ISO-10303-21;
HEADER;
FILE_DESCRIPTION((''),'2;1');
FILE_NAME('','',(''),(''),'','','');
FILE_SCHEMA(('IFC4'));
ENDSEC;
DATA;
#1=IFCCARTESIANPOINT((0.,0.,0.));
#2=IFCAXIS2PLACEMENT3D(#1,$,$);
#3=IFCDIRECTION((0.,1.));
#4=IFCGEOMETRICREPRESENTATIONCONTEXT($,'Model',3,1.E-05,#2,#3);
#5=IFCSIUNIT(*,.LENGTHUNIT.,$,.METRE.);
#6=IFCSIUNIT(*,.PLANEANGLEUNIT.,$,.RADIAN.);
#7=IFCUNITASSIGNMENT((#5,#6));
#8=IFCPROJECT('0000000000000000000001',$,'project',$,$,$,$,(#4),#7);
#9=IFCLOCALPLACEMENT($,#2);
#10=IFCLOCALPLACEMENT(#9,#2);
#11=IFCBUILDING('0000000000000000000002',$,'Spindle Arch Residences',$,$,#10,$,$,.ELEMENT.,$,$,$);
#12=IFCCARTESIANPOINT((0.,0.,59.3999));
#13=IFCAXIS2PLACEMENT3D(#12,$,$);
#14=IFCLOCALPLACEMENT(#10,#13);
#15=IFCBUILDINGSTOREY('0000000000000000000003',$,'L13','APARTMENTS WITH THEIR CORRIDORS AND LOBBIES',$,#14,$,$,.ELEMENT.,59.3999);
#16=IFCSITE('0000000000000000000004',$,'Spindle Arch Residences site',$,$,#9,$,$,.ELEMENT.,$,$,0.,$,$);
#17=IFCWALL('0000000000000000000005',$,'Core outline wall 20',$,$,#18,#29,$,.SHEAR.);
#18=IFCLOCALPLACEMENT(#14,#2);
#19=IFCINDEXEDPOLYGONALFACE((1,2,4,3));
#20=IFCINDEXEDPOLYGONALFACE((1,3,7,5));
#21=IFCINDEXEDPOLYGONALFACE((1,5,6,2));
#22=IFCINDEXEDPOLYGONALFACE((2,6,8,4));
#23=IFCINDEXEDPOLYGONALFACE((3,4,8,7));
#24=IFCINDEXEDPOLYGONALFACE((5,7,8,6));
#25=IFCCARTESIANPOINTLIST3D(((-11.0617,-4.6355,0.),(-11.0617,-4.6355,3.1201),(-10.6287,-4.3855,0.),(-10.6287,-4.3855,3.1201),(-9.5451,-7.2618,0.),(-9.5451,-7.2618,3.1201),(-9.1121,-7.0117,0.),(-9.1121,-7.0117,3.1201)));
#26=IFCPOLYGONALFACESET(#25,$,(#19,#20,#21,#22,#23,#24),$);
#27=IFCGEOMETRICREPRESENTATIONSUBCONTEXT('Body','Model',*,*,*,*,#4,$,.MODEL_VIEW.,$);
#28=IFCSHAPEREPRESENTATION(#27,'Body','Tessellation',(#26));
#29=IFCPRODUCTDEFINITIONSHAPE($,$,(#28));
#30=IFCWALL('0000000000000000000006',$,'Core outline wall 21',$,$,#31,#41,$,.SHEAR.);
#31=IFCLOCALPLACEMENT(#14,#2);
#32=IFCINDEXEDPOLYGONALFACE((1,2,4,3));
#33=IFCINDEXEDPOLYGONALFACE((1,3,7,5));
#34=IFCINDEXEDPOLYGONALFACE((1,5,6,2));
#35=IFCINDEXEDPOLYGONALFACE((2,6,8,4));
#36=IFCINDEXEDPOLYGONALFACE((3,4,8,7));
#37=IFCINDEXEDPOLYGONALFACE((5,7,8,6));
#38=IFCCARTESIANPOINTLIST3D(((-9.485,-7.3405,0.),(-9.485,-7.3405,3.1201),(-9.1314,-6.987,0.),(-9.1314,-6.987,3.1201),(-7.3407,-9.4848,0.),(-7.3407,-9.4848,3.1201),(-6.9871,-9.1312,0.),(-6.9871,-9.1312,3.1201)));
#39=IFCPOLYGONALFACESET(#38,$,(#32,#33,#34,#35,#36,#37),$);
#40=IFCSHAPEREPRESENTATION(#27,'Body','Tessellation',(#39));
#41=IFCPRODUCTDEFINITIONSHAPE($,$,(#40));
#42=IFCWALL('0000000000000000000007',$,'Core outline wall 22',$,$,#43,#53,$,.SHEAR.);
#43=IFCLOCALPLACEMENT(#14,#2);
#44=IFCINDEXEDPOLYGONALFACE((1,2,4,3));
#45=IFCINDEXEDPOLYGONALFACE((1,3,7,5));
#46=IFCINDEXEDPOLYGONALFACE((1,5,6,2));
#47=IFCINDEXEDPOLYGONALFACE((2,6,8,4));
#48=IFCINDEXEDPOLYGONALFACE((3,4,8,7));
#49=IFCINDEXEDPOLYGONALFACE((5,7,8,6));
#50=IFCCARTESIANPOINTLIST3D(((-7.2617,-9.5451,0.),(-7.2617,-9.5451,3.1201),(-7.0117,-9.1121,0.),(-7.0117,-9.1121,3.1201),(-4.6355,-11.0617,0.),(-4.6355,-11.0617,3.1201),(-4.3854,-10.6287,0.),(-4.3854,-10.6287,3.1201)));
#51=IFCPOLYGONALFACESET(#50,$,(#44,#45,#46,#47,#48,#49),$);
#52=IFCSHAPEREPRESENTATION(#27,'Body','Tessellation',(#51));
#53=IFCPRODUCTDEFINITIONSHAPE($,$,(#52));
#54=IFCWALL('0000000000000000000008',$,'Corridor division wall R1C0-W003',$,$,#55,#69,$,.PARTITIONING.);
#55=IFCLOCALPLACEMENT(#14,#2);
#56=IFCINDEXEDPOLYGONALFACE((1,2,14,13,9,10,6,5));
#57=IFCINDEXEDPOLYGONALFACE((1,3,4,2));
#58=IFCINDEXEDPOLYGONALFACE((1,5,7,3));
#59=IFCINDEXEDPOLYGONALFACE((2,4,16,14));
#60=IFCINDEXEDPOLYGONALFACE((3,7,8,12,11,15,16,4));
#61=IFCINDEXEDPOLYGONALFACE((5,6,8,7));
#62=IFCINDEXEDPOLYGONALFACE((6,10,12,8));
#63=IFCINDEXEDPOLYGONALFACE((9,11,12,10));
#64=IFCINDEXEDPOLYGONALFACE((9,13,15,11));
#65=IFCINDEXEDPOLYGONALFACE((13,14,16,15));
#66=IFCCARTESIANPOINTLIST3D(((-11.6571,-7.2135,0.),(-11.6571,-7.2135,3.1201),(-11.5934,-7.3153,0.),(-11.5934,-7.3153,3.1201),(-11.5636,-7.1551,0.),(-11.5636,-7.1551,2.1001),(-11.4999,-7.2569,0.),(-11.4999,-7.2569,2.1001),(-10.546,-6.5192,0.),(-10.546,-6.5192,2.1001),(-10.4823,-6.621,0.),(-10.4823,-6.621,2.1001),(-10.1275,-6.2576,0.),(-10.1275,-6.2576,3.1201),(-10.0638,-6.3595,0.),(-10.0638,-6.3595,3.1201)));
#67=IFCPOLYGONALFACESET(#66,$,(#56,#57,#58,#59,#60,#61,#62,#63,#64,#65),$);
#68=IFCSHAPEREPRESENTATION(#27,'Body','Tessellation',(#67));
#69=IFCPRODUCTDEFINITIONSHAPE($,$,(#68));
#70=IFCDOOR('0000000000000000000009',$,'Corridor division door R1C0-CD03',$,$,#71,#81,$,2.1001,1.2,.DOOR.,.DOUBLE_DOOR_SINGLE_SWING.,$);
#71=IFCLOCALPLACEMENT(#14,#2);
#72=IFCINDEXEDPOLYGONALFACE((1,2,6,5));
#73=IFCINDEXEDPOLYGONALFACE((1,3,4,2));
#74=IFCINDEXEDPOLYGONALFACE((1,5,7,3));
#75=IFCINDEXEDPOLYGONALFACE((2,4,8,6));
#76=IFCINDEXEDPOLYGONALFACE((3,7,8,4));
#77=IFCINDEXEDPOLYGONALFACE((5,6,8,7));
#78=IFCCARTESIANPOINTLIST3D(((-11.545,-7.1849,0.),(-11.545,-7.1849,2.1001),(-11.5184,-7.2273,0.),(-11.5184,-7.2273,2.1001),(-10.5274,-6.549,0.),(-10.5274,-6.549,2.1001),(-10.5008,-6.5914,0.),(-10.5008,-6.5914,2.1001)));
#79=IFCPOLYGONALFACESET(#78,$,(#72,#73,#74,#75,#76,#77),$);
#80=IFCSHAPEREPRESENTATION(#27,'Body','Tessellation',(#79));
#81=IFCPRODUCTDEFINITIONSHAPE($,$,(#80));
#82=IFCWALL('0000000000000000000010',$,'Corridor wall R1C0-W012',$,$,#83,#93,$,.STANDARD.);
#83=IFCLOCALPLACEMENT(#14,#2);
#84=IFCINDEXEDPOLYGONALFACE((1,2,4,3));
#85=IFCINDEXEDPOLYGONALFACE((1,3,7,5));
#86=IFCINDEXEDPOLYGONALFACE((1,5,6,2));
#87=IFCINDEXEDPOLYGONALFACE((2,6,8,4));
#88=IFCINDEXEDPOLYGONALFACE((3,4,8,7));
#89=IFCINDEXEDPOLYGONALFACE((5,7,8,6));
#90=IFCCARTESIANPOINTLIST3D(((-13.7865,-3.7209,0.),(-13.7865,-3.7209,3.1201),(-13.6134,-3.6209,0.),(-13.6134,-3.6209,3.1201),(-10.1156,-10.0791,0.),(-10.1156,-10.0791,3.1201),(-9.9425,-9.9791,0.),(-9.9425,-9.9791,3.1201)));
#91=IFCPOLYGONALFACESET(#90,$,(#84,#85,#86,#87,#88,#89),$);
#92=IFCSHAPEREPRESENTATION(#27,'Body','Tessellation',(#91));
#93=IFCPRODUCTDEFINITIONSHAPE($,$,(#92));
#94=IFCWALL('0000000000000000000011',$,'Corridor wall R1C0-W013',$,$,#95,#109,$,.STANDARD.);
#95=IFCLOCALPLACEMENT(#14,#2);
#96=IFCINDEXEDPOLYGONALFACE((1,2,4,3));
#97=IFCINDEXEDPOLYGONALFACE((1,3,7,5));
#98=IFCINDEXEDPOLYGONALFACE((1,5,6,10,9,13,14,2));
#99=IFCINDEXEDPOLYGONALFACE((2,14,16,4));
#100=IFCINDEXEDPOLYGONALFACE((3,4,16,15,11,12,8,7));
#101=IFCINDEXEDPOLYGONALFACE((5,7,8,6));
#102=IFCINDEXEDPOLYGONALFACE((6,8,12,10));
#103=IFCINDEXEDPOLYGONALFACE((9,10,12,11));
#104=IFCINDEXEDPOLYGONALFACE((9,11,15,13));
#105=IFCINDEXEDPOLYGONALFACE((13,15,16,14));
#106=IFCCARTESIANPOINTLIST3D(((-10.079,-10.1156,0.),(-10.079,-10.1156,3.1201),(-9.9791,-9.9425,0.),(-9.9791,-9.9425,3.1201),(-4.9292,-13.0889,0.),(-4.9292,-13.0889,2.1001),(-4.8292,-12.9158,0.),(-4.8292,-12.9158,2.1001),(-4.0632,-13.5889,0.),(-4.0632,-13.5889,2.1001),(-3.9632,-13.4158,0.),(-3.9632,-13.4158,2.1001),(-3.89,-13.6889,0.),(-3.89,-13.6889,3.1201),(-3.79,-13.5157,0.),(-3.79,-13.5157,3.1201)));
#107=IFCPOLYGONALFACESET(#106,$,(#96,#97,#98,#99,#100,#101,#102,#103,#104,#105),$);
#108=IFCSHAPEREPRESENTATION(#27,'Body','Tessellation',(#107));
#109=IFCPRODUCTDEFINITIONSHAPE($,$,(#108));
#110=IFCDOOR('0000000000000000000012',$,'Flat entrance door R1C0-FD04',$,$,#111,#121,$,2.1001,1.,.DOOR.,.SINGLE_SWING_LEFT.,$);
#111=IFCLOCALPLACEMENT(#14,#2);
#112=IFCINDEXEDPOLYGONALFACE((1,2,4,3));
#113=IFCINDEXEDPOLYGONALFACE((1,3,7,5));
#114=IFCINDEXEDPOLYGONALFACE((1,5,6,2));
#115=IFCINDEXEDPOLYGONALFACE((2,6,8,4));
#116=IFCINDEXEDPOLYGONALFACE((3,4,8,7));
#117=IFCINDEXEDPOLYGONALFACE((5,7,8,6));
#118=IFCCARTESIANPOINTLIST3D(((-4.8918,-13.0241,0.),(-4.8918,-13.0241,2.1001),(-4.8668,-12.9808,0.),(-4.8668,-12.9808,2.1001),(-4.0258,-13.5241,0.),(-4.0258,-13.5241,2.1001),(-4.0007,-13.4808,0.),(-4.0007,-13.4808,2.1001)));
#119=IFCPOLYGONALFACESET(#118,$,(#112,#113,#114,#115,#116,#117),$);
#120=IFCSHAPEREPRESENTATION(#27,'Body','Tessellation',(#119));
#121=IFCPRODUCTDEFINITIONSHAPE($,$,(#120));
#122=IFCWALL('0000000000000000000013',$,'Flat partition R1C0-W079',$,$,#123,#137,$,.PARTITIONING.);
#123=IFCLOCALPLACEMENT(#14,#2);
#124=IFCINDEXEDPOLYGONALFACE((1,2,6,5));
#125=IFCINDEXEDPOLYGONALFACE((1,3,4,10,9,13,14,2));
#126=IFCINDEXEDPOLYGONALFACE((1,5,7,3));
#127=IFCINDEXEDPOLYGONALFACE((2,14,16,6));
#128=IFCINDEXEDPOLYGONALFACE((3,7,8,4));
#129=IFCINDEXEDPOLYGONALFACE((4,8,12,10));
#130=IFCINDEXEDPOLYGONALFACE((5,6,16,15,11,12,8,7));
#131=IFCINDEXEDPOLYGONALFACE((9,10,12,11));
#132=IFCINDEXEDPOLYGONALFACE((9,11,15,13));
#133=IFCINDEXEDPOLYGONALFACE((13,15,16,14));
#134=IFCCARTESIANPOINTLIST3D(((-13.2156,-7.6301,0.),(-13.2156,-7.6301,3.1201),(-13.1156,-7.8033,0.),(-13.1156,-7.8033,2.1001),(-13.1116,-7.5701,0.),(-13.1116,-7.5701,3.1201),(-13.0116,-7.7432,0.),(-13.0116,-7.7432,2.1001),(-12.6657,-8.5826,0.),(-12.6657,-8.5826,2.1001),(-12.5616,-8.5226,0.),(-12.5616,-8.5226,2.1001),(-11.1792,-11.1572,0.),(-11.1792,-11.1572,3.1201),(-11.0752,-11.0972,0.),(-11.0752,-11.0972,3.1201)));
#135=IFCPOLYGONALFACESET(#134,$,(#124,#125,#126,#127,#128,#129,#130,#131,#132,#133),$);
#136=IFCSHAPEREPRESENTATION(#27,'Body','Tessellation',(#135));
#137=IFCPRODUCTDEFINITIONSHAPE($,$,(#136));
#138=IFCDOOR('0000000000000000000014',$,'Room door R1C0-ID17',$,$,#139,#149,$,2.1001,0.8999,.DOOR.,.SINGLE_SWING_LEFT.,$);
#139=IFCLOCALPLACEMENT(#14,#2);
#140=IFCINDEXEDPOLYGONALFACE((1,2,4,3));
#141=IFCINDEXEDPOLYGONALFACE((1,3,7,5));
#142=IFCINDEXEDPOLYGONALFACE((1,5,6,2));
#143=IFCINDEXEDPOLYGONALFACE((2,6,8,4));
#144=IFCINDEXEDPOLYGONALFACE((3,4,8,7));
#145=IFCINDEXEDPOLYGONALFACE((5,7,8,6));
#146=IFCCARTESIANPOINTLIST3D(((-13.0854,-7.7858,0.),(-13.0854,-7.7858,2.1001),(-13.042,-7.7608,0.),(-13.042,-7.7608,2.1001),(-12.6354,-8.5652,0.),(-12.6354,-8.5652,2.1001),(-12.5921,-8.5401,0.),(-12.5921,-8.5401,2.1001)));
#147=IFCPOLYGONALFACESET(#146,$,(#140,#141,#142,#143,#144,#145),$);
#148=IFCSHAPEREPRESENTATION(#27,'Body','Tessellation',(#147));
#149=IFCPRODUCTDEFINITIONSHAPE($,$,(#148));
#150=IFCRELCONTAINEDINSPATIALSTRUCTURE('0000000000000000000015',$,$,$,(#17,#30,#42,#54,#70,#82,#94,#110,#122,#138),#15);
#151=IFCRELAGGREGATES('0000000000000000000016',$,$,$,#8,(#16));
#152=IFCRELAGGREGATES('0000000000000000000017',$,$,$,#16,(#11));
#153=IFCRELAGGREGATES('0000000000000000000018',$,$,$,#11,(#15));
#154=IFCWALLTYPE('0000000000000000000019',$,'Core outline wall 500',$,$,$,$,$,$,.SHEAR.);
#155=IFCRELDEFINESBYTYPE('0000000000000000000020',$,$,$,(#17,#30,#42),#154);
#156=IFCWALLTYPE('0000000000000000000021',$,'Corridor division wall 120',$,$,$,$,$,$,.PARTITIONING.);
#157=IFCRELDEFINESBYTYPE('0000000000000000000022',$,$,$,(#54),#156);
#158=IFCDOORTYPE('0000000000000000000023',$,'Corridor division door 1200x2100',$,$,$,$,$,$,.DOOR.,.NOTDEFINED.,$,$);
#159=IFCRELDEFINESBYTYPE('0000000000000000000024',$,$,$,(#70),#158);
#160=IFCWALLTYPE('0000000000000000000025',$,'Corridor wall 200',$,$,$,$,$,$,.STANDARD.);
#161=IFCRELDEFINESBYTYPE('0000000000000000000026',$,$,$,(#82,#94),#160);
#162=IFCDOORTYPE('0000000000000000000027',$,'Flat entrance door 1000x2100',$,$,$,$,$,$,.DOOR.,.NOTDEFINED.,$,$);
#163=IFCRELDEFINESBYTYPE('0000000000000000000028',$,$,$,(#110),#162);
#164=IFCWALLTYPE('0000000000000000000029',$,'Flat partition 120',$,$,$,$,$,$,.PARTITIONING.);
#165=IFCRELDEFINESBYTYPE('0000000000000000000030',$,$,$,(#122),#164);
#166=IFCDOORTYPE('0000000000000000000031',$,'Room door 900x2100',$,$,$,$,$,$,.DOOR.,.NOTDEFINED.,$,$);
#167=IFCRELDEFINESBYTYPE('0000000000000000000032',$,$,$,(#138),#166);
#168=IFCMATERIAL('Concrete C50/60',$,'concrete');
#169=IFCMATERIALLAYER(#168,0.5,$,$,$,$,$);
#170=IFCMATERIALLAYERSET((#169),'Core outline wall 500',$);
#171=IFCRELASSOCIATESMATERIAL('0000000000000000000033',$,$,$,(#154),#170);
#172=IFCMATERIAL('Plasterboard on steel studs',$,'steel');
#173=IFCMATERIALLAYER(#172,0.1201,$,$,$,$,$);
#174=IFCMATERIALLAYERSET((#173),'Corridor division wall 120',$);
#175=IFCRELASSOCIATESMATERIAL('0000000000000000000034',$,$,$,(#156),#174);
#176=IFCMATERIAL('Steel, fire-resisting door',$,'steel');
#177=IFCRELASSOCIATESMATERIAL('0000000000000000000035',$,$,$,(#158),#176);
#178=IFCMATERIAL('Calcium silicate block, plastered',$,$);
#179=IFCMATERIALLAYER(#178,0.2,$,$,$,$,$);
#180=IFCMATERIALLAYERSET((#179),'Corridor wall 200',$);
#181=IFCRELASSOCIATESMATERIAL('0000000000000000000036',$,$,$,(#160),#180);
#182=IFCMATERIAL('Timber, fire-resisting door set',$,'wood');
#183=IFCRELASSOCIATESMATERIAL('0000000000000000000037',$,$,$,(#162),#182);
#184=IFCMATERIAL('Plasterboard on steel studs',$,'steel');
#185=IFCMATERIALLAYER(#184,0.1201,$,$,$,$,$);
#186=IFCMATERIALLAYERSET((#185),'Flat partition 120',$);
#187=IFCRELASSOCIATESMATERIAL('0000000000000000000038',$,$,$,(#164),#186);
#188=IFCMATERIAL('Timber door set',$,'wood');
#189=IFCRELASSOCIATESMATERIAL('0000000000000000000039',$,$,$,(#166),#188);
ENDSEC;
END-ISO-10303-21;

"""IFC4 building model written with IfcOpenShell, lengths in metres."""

from ifc_helpers import new_model, si_unit, direction, frame, frame_2d, origin, place, context, subcontext, project, spatial, rectangle, extrude, material, layer, layer_set, type_object, element, fill, save


model = new_model("IFC4")

# Units and contexts
model_context = context("Model", 3, precision=1e-05, world=origin(), true_north=direction((0.0, 1.0)))
body_context = subcontext(model_context, "Body", "Model", "MODEL_VIEW")
ifc_project = project(units=[si_unit("LENGTHUNIT", "METRE"), si_unit("PLANEANGLEUNIT", "RADIAN")], contexts=[model_context])

# Site, building, storey
site_placement = place(None, origin())
site = spatial("IfcSite", under=ifc_project, at=site_placement, Name="Spindle Arch Residences site", CompositionType="ELEMENT", RefElevation=0.0)
building_placement = place(site_placement, origin())
building = spatial("IfcBuilding", under=site, at=building_placement, Name="Spindle Arch Residences", CompositionType="ELEMENT")
storey_placement = place(building_placement, frame((0.0, 0.0, 59.3999)))
storey = spatial("IfcBuildingStorey", under=building, at=storey_placement, Name="L13", Description="APARTMENTS WITH THEIR CORRIDORS AND LOBBIES", CompositionType="ELEMENT", Elevation=59.3999)

# Walls
ifc_material_1 = material(Name="Concrete C50/60", Category="concrete")
ifc_layer_1 = layer(ifc_material_1, 0.5)
ifc_layer_set_1 = layer_set([ifc_layer_1], Name="Core outline wall 500")
wall_type_1 = type_object("IfcWallType", Name="Core outline wall 500", PredefinedType="SHEAR", material=ifc_layer_set_1)
wall_1_placement = place(storey_placement, frame((-10.8452, -4.5105, 0.0), z_axis=(0.0, 0.0, 1.0), x_axis=(0.500087, -0.865975, 0.0)))
element("IfcWall", 1, at=wall_1_placement, inside=storey, type_object=wall_type_1, Name="Core outline wall 20", PredefinedType="SHEAR", context=body_context, shape_type="SweptSolid", body=[
    extrude(rectangle(XDim=3.0327, YDim=0.5, at=frame_2d((1.5164, 0.0))), origin(), (0.0, 0.0, 1.0), 3.1201),
])
wall_2_placement = place(storey_placement, frame((-9.3081, -7.1638, 0.0), z_axis=(0.0, 0.0, 1.0), x_axis=(0.707107, -0.707107, 0.0)))
element("IfcWall", 2, at=wall_2_placement, inside=storey, type_object=wall_type_1, Name="Core outline wall 21", PredefinedType="SHEAR", context=body_context, shape_type="SweptSolid", body=[
    extrude(rectangle(XDim=3.0325, YDim=0.5, at=frame_2d((1.5161, 0.0))), origin(), (0.0, 0.0, 1.0), 3.1201),
])
wall_3_placement = place(storey_placement, frame((-7.1367, -9.3286, 0.0), z_axis=(0.0, 0.0, 1.0), x_axis=(0.865975, -0.500087, 0.0)))
element("IfcWall", 3, at=wall_3_placement, inside=storey, type_object=wall_type_1, Name="Core outline wall 22", PredefinedType="SHEAR", context=body_context, shape_type="SweptSolid", body=[
    extrude(rectangle(XDim=3.0327, YDim=0.5, at=frame_2d((1.5164, 0.0))), origin(), (0.0, 0.0, 1.0), 3.1201),
])

# Wall, opening, door
ifc_material_2 = material(Name="Plasterboard on steel studs", Category="steel")
ifc_layer_2 = layer(ifc_material_2, 0.1201)
ifc_layer_set_2 = layer_set([ifc_layer_2], Name="Corridor division wall 120")
wall_type_2 = type_object("IfcWallType", Name="Corridor division wall 120", PredefinedType="PARTITIONING", material=ifc_layer_set_2)
wall_4_placement = place(storey_placement, frame((-11.6252, -7.2644, 0.0), z_axis=(0.0, 0.0, 1.0), x_axis=(0.848036, 0.529938, 0.0)))
wall_4 = element("IfcWall", 4, at=wall_4_placement, inside=storey, type_object=wall_type_2, Name="Corridor division wall R1C0-W003", PredefinedType="PARTITIONING", context=body_context, shape_type="SweptSolid", body=[
    extrude(rectangle(XDim=1.8037, YDim=0.1201, at=frame_2d((0.9019, 0.0))), origin(), (0.0, 0.0, 1.0), 3.1201),
])
opening_1_placement = place(wall_4_placement, frame((0.1101, 0.0, 0.0)))
opening_1 = element("IfcOpeningElement", 5, at=opening_1_placement, cuts=wall_4, PredefinedType="OPENING", context=body_context, shape_type="SweptSolid", body=[
    extrude(rectangle(XDim=1.2, YDim=2.1001, at=frame_2d((0.6001, 1.05))), frame((0.0, 0.0701, 0.0), z_axis=(0.0, -1.0, 0.0), x_axis=(1.0, 0.0, 0.0)), (0.0, 0.0, 1.0), 0.1401),
])
ifc_material_3 = material(Name="Steel, fire-resisting door", Category="steel")
door_type_1 = type_object("IfcDoorType", Name="Corridor division door 1200x2100", OperationType="NOTDEFINED", PredefinedType="DOOR", material=ifc_material_3)
door_1_placement = place(opening_1_placement, origin())
door_1 = element("IfcDoor", 6, at=door_1_placement, inside=storey, type_object=door_type_1, Name="Corridor division door R1C0-CD03", OperationType="DOUBLE_DOOR_SINGLE_SWING", OverallHeight=2.1001, OverallWidth=1.2, PredefinedType="DOOR", context=body_context, shape_type="SweptSolid", body=[
    extrude(rectangle(XDim=1.2, YDim=2.1001, at=frame_2d((0.6001, 1.05))), frame((0.0, 0.0249, 0.0), z_axis=(0.0, -1.0, 0.0), x_axis=(1.0, 0.0, 0.0)), (0.0, 0.0, 1.0), 0.05),
])
fill(opening_1, door_1)

# Wall
ifc_material_4 = material(Name="Calcium silicate block, plastered")
ifc_layer_3 = layer(ifc_material_4, 0.2)
ifc_layer_set_3 = layer_set([ifc_layer_3], Name="Corridor wall 200")
wall_type_3 = type_object("IfcWallType", Name="Corridor wall 200", PredefinedType="STANDARD", material=ifc_layer_set_3)
wall_5_placement = place(storey_placement, frame((-13.7, -3.6709, 0.0), z_axis=(0.0, 0.0, 1.0), x_axis=(0.500002, -0.866024, 0.0)))
element("IfcWall", 7, at=wall_5_placement, inside=storey, type_object=wall_type_3, Name="Corridor wall R1C0-W012", PredefinedType="STANDARD", context=body_context, shape_type="SweptSolid", body=[
    extrude(rectangle(XDim=7.3418, YDim=0.2, at=frame_2d((3.6709, 0.0))), origin(), (0.0, 0.0, 1.0), 3.1201),
])

# Walls, openings, doors
wall_6_placement = place(storey_placement, frame((-10.0291, -10.0291, 0.0), z_axis=(0.0, 0.0, 1.0), x_axis=(0.866023, -0.500004, 0.0)))
wall_6 = element("IfcWall", 8, at=wall_6_placement, inside=storey, type_object=wall_type_3, Name="Corridor wall R1C0-W013", PredefinedType="STANDARD", context=body_context, shape_type="SweptSolid", body=[
    extrude(rectangle(XDim=7.1465, YDim=0.2, at=frame_2d((3.5732, 0.0))), origin(), (0.0, 0.0, 1.0), 3.1201),
])
opening_2_placement = place(wall_6_placement, frame((5.9465, 0.0, 0.0)))
opening_2 = element("IfcOpeningElement", 9, at=opening_2_placement, cuts=wall_6, PredefinedType="OPENING", context=body_context, shape_type="SweptSolid", body=[
    extrude(rectangle(XDim=1.0, YDim=2.1001, at=frame_2d((0.5, 1.05))), frame((0.0, 0.1099, 0.0), z_axis=(0.0, -1.0, 0.0), x_axis=(1.0, 0.0, 0.0)), (0.0, 0.0, 1.0), 0.22),
])
ifc_material_5 = material(Name="Timber, fire-resisting door set", Category="wood")
door_type_2 = type_object("IfcDoorType", Name="Flat entrance door 1000x2100", OperationType="NOTDEFINED", PredefinedType="DOOR", material=ifc_material_5)
door_2_placement = place(opening_2_placement, origin())
door_2 = element("IfcDoor", 10, at=door_2_placement, inside=storey, type_object=door_type_2, Name="Flat entrance door R1C0-FD04", OperationType="SINGLE_SWING_LEFT", OverallHeight=2.1001, OverallWidth=1.0, PredefinedType="DOOR", context=body_context, shape_type="SweptSolid", body=[
    extrude(rectangle(XDim=1.0, YDim=2.1001, at=frame_2d((0.5, 1.05))), frame((0.0, 0.0249, 0.0), z_axis=(0.0, -1.0, 0.0), x_axis=(1.0, 0.0, 0.0)), (0.0, 0.0, 1.0), 0.05),
])
fill(opening_2, door_2)
ifc_material_6 = material(Name="Plasterboard on steel studs", Category="steel")
ifc_layer_4 = layer(ifc_material_6, 0.1201)
ifc_layer_set_4 = layer_set([ifc_layer_4], Name="Flat partition 120")
wall_type_4 = type_object("IfcWallType", Name="Flat partition 120", PredefinedType="PARTITIONING", material=ifc_layer_set_4)
wall_7_placement = place(storey_placement, frame((-13.1636, -7.6001, 0.0), z_axis=(0.0, 0.0, 1.0), x_axis=(0.500001, -0.866025, 0.0)))
wall_7 = element("IfcWall", 11, at=wall_7_placement, inside=storey, type_object=wall_type_4, Name="Flat partition R1C0-W079", PredefinedType="PARTITIONING", context=body_context, shape_type="SweptSolid", body=[
    extrude(rectangle(XDim=4.0728, YDim=0.1201, at=frame_2d((2.0364, 0.0))), origin(), (0.0, 0.0, 1.0), 3.1201),
])
opening_3_placement = place(wall_7_placement, frame((0.2, 0.0, 0.0)))
opening_3 = element("IfcOpeningElement", 12, at=opening_3_placement, cuts=wall_7, PredefinedType="OPENING", context=body_context, shape_type="SweptSolid", body=[
    extrude(rectangle(XDim=0.8999, YDim=2.1001, at=frame_2d((0.45, 1.05))), frame((0.0, 0.0701, 0.0), z_axis=(0.0, -1.0, 0.0), x_axis=(1.0, 0.0, 0.0)), (0.0, 0.0, 1.0), 0.1401),
])
ifc_material_7 = material(Name="Timber door set", Category="wood")
door_type_3 = type_object("IfcDoorType", Name="Room door 900x2100", OperationType="NOTDEFINED", PredefinedType="DOOR", material=ifc_material_7)
door_3_placement = place(opening_3_placement, origin())
door_3 = element("IfcDoor", 13, at=door_3_placement, inside=storey, type_object=door_type_3, Name="Room door R1C0-ID17", OperationType="SINGLE_SWING_LEFT", OverallHeight=2.1001, OverallWidth=0.8999, PredefinedType="DOOR", context=body_context, shape_type="SweptSolid", body=[
    extrude(rectangle(XDim=0.8999, YDim=2.1001, at=frame_2d((0.45, 1.05))), frame((0.0, 0.0249, 0.0), z_axis=(0.0, -1.0, 0.0), x_axis=(1.0, 0.0, 0.0)), (0.0, 0.0, 1.0), 0.05),
])
fill(opening_3, door_3)

save(model, "model.ifc")
